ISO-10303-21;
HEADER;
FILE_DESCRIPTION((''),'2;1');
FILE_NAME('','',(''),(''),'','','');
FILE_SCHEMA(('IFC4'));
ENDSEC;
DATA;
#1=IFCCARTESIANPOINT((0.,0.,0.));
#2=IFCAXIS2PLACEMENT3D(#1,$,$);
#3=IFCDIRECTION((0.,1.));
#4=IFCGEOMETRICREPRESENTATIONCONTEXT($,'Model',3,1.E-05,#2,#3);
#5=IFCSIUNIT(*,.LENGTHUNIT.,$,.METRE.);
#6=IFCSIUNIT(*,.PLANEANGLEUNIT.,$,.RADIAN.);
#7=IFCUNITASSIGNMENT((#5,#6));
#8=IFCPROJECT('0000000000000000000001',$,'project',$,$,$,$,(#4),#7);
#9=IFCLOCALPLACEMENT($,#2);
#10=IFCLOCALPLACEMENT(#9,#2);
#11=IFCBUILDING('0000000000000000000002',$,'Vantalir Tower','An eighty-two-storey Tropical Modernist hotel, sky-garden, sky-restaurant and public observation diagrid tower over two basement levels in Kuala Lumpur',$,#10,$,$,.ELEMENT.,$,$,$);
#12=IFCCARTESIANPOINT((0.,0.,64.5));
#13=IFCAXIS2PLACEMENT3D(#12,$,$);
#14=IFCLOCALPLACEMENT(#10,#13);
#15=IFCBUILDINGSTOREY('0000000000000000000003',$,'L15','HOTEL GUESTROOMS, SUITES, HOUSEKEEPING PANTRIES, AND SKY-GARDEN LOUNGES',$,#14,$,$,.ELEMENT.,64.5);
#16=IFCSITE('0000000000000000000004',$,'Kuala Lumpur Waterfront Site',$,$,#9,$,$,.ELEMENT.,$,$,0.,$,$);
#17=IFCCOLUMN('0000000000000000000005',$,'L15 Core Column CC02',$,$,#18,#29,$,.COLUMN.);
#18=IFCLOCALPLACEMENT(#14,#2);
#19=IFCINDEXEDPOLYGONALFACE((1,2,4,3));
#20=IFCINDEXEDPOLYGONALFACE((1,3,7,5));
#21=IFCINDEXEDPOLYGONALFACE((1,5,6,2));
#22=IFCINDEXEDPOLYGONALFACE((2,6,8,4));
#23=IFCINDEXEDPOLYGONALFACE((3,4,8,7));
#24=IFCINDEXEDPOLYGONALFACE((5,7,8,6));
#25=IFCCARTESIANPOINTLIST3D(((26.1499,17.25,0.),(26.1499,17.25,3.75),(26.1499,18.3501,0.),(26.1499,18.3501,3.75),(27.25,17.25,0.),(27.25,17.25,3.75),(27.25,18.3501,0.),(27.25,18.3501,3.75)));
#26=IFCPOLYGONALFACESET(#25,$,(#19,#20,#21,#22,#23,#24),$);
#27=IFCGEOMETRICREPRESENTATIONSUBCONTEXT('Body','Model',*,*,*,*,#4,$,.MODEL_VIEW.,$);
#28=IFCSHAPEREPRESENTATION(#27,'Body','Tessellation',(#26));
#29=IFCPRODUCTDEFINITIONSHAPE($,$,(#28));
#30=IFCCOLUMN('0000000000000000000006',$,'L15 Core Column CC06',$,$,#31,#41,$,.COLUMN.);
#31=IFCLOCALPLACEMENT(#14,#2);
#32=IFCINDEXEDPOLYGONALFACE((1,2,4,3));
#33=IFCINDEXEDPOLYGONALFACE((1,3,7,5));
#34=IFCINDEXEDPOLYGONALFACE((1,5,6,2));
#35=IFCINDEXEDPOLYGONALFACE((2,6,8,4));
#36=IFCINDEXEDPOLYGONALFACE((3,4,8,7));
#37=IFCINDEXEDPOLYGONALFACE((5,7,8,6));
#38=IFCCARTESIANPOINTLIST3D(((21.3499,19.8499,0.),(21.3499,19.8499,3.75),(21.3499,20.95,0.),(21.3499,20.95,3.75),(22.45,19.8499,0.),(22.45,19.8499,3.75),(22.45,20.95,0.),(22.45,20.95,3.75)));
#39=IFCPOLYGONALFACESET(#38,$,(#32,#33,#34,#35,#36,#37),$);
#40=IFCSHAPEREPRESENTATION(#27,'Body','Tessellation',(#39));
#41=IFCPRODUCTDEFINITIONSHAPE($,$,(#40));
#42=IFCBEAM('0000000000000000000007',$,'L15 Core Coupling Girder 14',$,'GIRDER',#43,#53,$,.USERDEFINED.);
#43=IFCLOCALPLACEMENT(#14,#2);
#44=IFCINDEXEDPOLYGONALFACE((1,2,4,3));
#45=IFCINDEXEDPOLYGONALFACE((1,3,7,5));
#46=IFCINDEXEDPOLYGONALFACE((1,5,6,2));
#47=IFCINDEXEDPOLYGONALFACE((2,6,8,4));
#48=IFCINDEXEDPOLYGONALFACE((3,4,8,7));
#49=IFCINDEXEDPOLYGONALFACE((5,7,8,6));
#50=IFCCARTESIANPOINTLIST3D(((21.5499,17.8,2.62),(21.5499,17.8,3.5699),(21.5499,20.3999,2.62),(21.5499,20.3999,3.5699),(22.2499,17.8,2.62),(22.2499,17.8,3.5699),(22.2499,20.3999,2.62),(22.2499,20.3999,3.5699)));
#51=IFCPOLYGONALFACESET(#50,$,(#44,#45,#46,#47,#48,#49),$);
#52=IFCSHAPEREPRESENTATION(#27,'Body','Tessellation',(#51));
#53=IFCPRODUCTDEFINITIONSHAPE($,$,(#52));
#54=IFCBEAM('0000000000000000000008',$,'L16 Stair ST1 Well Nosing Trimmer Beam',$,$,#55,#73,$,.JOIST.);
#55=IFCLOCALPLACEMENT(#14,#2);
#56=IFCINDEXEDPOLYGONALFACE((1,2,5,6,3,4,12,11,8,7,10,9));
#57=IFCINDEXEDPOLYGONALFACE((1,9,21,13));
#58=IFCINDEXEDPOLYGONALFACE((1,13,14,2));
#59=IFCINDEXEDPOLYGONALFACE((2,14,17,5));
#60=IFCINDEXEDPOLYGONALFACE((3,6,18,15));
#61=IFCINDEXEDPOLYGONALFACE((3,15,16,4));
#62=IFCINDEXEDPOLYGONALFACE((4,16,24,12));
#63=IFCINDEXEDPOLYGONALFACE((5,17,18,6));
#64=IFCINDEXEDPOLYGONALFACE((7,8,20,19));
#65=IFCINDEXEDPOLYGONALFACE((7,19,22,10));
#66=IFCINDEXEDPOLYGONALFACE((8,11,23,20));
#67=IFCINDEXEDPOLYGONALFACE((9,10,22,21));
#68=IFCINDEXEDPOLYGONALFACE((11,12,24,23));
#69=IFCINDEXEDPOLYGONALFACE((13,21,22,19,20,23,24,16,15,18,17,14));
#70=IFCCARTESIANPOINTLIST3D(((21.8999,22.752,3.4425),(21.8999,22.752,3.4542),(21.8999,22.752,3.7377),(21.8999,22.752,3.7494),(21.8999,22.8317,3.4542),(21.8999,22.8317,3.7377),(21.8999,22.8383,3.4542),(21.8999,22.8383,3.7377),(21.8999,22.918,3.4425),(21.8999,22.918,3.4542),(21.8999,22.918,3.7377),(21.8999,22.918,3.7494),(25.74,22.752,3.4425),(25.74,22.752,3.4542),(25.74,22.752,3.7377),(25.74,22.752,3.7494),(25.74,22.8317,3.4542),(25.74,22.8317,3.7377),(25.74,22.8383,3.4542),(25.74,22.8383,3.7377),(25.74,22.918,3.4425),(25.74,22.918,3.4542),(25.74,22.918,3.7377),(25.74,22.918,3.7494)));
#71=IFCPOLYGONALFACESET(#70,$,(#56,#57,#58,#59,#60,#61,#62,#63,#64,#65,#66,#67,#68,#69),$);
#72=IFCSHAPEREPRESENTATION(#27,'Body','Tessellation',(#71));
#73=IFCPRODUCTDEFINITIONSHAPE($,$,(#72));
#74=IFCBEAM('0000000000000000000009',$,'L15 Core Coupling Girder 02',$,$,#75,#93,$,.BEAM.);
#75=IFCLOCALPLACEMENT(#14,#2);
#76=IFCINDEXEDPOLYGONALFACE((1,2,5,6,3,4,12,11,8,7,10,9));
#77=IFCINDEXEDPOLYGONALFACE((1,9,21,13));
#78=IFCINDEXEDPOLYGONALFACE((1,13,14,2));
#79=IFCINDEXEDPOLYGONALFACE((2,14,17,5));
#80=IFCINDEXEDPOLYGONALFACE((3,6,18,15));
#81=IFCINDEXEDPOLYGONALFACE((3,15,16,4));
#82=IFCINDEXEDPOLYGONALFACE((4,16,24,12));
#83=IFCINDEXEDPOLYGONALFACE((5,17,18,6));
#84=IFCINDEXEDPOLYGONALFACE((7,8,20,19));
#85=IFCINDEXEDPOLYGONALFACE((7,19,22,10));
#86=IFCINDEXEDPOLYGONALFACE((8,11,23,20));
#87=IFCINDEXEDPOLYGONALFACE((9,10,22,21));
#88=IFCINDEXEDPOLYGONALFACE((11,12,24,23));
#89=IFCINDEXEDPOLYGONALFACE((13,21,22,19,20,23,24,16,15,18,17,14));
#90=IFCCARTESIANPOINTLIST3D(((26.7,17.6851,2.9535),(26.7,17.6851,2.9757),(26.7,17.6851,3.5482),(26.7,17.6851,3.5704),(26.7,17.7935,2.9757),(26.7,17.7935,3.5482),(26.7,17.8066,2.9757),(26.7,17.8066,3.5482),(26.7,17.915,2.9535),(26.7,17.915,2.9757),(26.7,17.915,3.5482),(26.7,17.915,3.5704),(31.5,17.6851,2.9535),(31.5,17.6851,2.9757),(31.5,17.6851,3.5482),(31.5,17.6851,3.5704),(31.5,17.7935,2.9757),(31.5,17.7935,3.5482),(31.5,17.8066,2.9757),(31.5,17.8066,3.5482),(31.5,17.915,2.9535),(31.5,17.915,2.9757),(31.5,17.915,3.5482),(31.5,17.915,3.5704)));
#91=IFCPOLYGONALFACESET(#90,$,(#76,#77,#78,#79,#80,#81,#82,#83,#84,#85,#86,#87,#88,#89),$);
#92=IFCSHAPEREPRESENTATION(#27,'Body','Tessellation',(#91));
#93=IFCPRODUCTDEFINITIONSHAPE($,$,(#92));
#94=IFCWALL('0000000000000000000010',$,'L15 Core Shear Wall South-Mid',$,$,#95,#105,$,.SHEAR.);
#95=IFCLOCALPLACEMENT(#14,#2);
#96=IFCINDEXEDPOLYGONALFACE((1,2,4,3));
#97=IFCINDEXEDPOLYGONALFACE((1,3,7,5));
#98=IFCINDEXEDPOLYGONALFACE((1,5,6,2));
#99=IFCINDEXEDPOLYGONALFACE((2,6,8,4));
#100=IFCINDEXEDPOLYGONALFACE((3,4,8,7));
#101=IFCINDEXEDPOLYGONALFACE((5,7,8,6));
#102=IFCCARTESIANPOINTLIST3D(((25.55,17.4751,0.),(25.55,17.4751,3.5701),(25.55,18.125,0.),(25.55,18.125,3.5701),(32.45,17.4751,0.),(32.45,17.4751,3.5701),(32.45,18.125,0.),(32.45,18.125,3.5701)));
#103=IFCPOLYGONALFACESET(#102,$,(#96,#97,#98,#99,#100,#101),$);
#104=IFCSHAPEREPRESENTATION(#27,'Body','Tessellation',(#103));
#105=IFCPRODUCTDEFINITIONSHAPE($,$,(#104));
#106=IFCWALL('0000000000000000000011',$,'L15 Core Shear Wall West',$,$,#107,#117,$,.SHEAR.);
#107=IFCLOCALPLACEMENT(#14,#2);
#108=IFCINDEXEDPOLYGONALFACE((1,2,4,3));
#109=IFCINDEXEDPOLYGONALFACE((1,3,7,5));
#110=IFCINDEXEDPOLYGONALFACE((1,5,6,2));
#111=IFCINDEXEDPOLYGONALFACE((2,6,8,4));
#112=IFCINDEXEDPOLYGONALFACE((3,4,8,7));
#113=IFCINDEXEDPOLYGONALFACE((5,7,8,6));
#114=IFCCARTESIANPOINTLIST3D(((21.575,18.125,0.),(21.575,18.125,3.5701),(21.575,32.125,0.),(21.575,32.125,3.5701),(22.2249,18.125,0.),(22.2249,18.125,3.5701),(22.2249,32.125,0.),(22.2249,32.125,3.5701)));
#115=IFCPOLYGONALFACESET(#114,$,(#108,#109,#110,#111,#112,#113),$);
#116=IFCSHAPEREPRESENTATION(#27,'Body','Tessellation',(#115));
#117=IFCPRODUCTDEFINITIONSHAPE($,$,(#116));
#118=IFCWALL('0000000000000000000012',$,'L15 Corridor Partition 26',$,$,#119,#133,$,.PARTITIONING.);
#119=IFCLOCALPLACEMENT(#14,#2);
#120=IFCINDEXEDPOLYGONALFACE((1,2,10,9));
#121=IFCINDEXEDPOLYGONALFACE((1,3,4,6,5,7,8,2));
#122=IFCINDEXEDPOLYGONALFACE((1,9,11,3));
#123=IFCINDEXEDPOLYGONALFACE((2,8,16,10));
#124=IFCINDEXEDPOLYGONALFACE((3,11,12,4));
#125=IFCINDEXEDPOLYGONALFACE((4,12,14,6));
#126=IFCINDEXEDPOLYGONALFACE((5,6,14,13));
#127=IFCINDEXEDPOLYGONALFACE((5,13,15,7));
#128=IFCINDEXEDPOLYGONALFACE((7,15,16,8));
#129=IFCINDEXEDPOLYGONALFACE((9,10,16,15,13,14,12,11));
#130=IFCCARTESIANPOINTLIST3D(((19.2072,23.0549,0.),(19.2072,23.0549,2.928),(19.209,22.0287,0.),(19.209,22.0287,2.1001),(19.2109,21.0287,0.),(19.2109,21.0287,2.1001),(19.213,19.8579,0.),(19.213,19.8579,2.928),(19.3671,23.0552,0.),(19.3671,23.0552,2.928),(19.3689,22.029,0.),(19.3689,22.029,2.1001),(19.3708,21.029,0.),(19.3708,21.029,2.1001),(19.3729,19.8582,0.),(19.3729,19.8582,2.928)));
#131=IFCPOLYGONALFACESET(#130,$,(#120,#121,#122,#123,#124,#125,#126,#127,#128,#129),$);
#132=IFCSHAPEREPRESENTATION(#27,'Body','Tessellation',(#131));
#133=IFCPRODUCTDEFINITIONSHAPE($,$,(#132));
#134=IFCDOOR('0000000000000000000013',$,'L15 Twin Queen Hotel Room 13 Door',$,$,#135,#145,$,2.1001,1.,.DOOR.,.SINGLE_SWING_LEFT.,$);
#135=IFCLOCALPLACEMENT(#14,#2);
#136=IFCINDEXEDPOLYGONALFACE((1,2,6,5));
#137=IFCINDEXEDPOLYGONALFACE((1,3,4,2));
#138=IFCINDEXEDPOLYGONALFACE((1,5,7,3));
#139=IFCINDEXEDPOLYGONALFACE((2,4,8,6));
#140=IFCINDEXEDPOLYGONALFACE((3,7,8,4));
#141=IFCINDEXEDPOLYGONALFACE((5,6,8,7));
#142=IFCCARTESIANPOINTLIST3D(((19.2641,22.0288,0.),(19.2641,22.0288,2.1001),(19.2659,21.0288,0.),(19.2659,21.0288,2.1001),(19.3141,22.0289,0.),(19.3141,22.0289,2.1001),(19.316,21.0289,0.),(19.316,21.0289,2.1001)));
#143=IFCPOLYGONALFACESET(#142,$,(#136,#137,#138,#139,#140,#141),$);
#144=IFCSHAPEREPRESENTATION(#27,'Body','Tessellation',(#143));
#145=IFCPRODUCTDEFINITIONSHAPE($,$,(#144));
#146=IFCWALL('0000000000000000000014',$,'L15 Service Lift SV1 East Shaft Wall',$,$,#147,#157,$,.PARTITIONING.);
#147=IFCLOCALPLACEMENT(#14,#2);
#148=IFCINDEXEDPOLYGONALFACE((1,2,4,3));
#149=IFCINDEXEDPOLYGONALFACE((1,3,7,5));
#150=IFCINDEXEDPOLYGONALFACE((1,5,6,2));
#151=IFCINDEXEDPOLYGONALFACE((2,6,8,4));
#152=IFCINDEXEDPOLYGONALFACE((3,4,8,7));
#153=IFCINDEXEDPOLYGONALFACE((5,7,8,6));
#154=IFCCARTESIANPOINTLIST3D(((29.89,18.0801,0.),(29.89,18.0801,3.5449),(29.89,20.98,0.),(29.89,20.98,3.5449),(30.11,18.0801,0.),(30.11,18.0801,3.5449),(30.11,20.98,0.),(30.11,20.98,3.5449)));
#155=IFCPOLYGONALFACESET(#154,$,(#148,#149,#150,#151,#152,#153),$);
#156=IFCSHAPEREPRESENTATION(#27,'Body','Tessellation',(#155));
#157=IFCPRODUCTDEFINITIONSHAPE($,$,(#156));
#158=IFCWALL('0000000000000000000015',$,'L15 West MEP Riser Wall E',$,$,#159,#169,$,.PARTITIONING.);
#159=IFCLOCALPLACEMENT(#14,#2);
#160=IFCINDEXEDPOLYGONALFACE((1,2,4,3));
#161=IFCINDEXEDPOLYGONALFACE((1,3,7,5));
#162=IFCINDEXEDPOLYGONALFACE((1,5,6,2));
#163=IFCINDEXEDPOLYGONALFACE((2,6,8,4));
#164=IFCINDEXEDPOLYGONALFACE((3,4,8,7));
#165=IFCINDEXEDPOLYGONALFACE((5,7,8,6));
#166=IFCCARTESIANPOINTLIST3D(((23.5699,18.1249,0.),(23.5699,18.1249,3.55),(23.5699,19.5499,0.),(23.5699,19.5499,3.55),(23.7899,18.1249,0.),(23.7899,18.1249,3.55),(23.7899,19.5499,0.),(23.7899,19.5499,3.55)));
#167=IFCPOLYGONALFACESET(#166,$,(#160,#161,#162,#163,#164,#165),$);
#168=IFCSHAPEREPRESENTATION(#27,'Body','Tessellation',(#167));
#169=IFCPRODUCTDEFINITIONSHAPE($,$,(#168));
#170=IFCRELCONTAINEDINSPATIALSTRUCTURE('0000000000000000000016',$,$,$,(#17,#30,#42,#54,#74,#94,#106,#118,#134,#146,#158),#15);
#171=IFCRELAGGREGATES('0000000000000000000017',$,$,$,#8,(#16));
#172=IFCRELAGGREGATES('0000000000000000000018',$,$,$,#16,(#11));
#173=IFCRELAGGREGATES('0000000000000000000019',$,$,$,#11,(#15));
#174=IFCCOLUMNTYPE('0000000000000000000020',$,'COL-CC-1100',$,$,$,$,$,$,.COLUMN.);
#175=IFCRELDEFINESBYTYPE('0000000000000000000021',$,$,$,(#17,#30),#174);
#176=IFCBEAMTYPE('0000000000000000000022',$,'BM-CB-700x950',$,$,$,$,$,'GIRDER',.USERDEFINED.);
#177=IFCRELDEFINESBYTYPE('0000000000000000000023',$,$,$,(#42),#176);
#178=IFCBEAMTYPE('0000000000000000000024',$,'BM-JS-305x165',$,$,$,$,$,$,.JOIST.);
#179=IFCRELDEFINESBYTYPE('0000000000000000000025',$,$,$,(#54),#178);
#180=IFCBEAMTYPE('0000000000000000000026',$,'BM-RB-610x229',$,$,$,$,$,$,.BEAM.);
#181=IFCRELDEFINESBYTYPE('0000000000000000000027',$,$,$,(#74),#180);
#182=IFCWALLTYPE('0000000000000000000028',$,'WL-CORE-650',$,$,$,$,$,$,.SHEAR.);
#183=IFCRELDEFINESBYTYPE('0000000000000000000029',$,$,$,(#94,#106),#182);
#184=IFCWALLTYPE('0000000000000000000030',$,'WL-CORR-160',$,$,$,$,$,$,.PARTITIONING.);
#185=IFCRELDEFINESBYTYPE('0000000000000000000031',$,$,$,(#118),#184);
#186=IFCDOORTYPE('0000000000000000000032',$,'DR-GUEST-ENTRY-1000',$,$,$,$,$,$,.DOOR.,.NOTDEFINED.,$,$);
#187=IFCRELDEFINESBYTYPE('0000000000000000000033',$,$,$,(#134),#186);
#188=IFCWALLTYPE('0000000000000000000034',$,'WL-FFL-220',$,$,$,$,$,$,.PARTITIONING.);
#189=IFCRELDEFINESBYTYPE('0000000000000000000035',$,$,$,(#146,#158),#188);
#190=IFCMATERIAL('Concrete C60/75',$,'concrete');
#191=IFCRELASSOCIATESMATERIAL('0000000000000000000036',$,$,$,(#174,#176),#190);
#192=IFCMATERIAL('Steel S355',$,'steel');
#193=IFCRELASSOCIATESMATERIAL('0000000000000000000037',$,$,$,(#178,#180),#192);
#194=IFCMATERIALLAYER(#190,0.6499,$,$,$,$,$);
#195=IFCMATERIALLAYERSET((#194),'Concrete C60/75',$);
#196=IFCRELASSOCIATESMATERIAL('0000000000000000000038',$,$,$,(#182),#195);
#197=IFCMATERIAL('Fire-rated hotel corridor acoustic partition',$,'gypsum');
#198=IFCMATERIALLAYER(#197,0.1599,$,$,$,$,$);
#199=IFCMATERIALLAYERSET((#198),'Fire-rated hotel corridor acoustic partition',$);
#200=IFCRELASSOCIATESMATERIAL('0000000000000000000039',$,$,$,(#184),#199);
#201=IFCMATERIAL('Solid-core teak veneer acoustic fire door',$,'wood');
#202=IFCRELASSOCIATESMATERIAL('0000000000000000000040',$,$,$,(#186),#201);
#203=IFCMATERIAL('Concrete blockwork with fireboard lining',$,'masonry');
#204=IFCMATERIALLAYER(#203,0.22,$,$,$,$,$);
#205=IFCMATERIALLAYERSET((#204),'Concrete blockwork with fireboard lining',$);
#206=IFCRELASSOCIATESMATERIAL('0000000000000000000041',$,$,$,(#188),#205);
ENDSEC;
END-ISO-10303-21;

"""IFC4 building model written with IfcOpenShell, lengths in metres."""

from ifc_helpers import new_model, si_unit, direction, frame, frame_2d, origin, origin_2d, place, context, subcontext, project, spatial, rectangle, i_section, extrude, material, layer, layer_set, material_profile, profile_set, type_object, element, fill, save


model = new_model("IFC4")

# Units and contexts
model_context = context("Model", 3, precision=1e-05, world=origin(), true_north=direction((0.0, 1.0)))
body_context = subcontext(model_context, "Body", "Model", "MODEL_VIEW")
ifc_project = project(units=[si_unit("LENGTHUNIT", "METRE"), si_unit("PLANEANGLEUNIT", "RADIAN")], contexts=[model_context])

# Site, building, storey
site_placement = place(None, origin())
site = spatial("IfcSite", under=ifc_project, at=site_placement, Name="Kuala Lumpur Waterfront Site", CompositionType="ELEMENT", RefElevation=0.0)
building_placement = place(site_placement, origin())
building = spatial("IfcBuilding", under=site, at=building_placement, Name="Vantalir Tower", Description="An eighty-two-storey Tropical Modernist hotel, sky-garden, sky-restaurant and public observation diagrid tower over two basement levels in Kuala Lumpur", CompositionType="ELEMENT")
storey_placement = place(building_placement, frame((0.0, 0.0, 64.5)))
storey = spatial("IfcBuildingStorey", under=building, at=storey_placement, Name="L15", Description="HOTEL GUESTROOMS, SUITES, HOUSEKEEPING PANTRIES, AND SKY-GARDEN LOUNGES", CompositionType="ELEMENT", Elevation=64.5)

# Columns
ifc_material_1 = material(Name="Concrete C60/75", Category="concrete")
ifc_material_profile_1 = material_profile(ifc_material_1, rectangle(XDim=1.1001, YDim=1.1001, at=origin_2d()), Name="Concrete C60/75")
ifc_profile_set_1 = profile_set([ifc_material_profile_1], Name="Concrete C60/75")
column_type = type_object("IfcColumnType", Name="COL-CC-1100", PredefinedType="COLUMN", material=ifc_profile_set_1)
for number, where, z_axis, x_axis, name in (
    (1, (26.7, 17.8, 0.0), (0.0, 0.0, 1.0), (1.0, 0.0, 0.0), "L15 Core Column CC02"),
    (2, (21.8999, 20.3999, 0.0), (0.0, 0.0, 1.0), (1.0, 0.0, 0.0), "L15 Core Column CC06"),
):
    element("IfcColumn", number, at=place(storey_placement, frame(where, z_axis=z_axis, x_axis=x_axis)), inside=storey, type_object=column_type, Name=name, PredefinedType="COLUMN", context=body_context, shape_type="SweptSolid", body=[
        extrude(rectangle(XDim=1.1001, YDim=1.1001, at=origin_2d()), origin(), (0.0, 0.0, 1.0), 3.75),
    ])

# Beams
ifc_material_profile_2 = material_profile(ifc_material_1, rectangle(XDim=0.7, YDim=0.95, at=origin_2d()), Name="Concrete C60/75")
ifc_profile_set_2 = profile_set([ifc_material_profile_2], Name="Concrete C60/75")
beam_type_1 = type_object("IfcBeamType", Name="BM-CB-700x950", ElementType="GIRDER", PredefinedType="USERDEFINED", material=ifc_profile_set_2)
beam_1_placement = place(storey_placement, frame((21.8999, 20.3999, 3.095), z_axis=(0.0, -1.0, 0.0), x_axis=(1.0, 0.0, 0.0)))
element("IfcBeam", 3, at=beam_1_placement, inside=storey, type_object=beam_type_1, Name="L15 Core Coupling Girder 14", ObjectType="GIRDER", PredefinedType="USERDEFINED", context=body_context, shape_type="SweptSolid", body=[
    extrude(rectangle(XDim=0.7, YDim=0.95, at=origin_2d()), origin(), (0.0, 0.0, 1.0), 2.5999),
])
ifc_material_2 = material(Name="Steel S355", Category="steel")
ifc_material_profile_3 = material_profile(ifc_material_2, i_section(OverallWidth=0.166, OverallDepth=0.3069, WebThickness=0.0066, FlangeThickness=0.0117, at=origin_2d()), Name="Steel S355")
ifc_profile_set_3 = profile_set([ifc_material_profile_3], Name="Steel S355")
beam_type_2 = type_object("IfcBeamType", Name="BM-JS-305x165", PredefinedType="JOIST", material=ifc_profile_set_3)
beam_2_placement = place(storey_placement, frame((21.8999, 22.835, 3.5959), z_axis=(1.0, 0.0, 0.0), x_axis=(0.0, 1.0, 0.0)))
element("IfcBeam", 4, at=beam_2_placement, inside=storey, type_object=beam_type_2, Name="L16 Stair ST1 Well Nosing Trimmer Beam", PredefinedType="JOIST", context=body_context, shape_type="SweptSolid", body=[
    extrude(i_section(OverallWidth=0.166, OverallDepth=0.3069, WebThickness=0.0066, FlangeThickness=0.0117, at=origin_2d()), origin(), (0.0, 0.0, 1.0), 3.8401),
])
ifc_material_profile_4 = material_profile(ifc_material_2, i_section(OverallWidth=0.23, OverallDepth=0.6169, WebThickness=0.0132, FlangeThickness=0.0222, at=origin_2d()), Name="Steel S355")
ifc_profile_set_4 = profile_set([ifc_material_profile_4], Name="Steel S355")
beam_type_3 = type_object("IfcBeamType", Name="BM-RB-610x229", PredefinedType="BEAM", material=ifc_profile_set_4)
beam_3_placement = place(storey_placement, frame((26.7, 17.8, 3.262), z_axis=(1.0, 0.0, 0.0), x_axis=(0.0, 1.0, 0.0)))
element("IfcBeam", 5, at=beam_3_placement, inside=storey, type_object=beam_type_3, Name="L15 Core Coupling Girder 02", PredefinedType="BEAM", context=body_context, shape_type="SweptSolid", body=[
    extrude(i_section(OverallWidth=0.23, OverallDepth=0.6169, WebThickness=0.0132, FlangeThickness=0.0222, at=origin_2d()), origin(), (0.0, 0.0, 1.0), 4.8),
])

# Walls
ifc_layer_1 = layer(ifc_material_1, 0.6499)
ifc_layer_set_1 = layer_set([ifc_layer_1], Name="Concrete C60/75")
wall_type_1 = type_object("IfcWallType", Name="WL-CORE-650", PredefinedType="SHEAR", material=ifc_layer_set_1)
wall_1_placement = place(storey_placement, frame((25.55, 17.8, 0.0), z_axis=(0.0, 0.0, 1.0), x_axis=(1.0, 0.0, 0.0)))
element("IfcWall", 6, at=wall_1_placement, inside=storey, type_object=wall_type_1, Name="L15 Core Shear Wall South-Mid", PredefinedType="SHEAR", context=body_context, shape_type="SweptSolid", body=[
    extrude(rectangle(XDim=6.8999, YDim=0.6499, at=frame_2d((3.45, 0.0))), origin(), (0.0, 0.0, 1.0), 3.5701),
])
wall_2_placement = place(storey_placement, frame((21.8999, 18.125, 0.0), z_axis=(0.0, 0.0, 1.0), x_axis=(0.0, 1.0, 0.0)))
element("IfcWall", 7, at=wall_2_placement, inside=storey, type_object=wall_type_1, Name="L15 Core Shear Wall West", PredefinedType="SHEAR", context=body_context, shape_type="SweptSolid", body=[
    extrude(rectangle(XDim=14.0, YDim=0.6499, at=frame_2d((7.0, 0.0))), origin(), (0.0, 0.0, 1.0), 3.5701),
])

# Wall, opening, door
ifc_material_3 = material(Name="Fire-rated hotel corridor acoustic partition", Category="gypsum")
ifc_layer_2 = layer(ifc_material_3, 0.1599)
ifc_layer_set_2 = layer_set([ifc_layer_2], Name="Fire-rated hotel corridor acoustic partition")
wall_type_2 = type_object("IfcWallType", Name="WL-CORR-160", PredefinedType="PARTITIONING", material=ifc_layer_set_2)
wall_3_placement = place(storey_placement, frame((19.293, 19.8579, 0.0), z_axis=(0.0, 0.0, 1.0), x_axis=(-0.001833, 0.999998, 0.0)))
wall_3 = element("IfcWall", 8, at=wall_3_placement, inside=storey, type_object=wall_type_2, Name="L15 Corridor Partition 26", PredefinedType="PARTITIONING", context=body_context, shape_type="SweptSolid", body=[
    extrude(rectangle(XDim=3.197, YDim=0.1599, at=frame_2d((1.5986, 0.0))), origin(), (0.0, 0.0, 1.0), 2.928),
])
opening_1_placement = place(wall_3_placement, frame((1.1709, 0.0, 0.0)))
opening_1 = element("IfcOpeningElement", 9, at=opening_1_placement, cuts=wall_3, PredefinedType="OPENING", context=body_context, shape_type="SweptSolid", body=[
    extrude(rectangle(XDim=1.0, YDim=2.1001, at=frame_2d((0.5, 1.05))), frame((0.0, 0.0898, 0.0), z_axis=(0.0, -1.0, 0.0), x_axis=(1.0, 0.0, 0.0)), (0.0, 0.0, 1.0), 0.1799),
])
ifc_material_4 = material(Name="Solid-core teak veneer acoustic fire door", Category="wood")
door_type_1 = type_object("IfcDoorType", Name="DR-GUEST-ENTRY-1000", OperationType="NOTDEFINED", PredefinedType="DOOR", material=ifc_material_4)
door_1_placement = place(opening_1_placement, origin())
door_1 = element("IfcDoor", 10, at=door_1_placement, inside=storey, type_object=door_type_1, Name="L15 Twin Queen Hotel Room 13 Door", OperationType="SINGLE_SWING_LEFT", OverallHeight=2.1001, OverallWidth=1.0, PredefinedType="DOOR", context=body_context, shape_type="SweptSolid", body=[
    extrude(rectangle(XDim=1.0, YDim=2.1001, at=frame_2d((0.5, 1.05))), frame((0.0, 0.0249, 0.0), z_axis=(0.0, -1.0, 0.0), x_axis=(1.0, 0.0, 0.0)), (0.0, 0.0, 1.0), 0.05),
])
fill(opening_1, door_1)

# Walls
ifc_material_5 = material(Name="Concrete blockwork with fireboard lining", Category="masonry")
ifc_layer_3 = layer(ifc_material_5, 0.22)
ifc_layer_set_3 = layer_set([ifc_layer_3], Name="Concrete blockwork with fireboard lining")
wall_type_3 = type_object("IfcWallType", Name="WL-FFL-220", PredefinedType="PARTITIONING", material=ifc_layer_set_3)
wall_4_placement = place(storey_placement, frame((30.0, 18.0801, 0.0), z_axis=(0.0, 0.0, 1.0), x_axis=(0.0, 1.0, 0.0)))
element("IfcWall", 11, at=wall_4_placement, inside=storey, type_object=wall_type_3, Name="L15 Service Lift SV1 East Shaft Wall", PredefinedType="PARTITIONING", context=body_context, shape_type="SweptSolid", body=[
    extrude(rectangle(XDim=2.8999, YDim=0.22, at=frame_2d((1.45, 0.0))), origin(), (0.0, 0.0, 1.0), 3.5449),
])
wall_5_placement = place(storey_placement, frame((23.6799, 18.125, 0.0), z_axis=(0.0, 0.0, 1.0), x_axis=(0.0, 1.0, 0.0)))
element("IfcWall", 12, at=wall_5_placement, inside=storey, type_object=wall_type_3, Name="L15 West MEP Riser Wall E", PredefinedType="PARTITIONING", context=body_context, shape_type="SweptSolid", body=[
    extrude(rectangle(XDim=1.425, YDim=0.22, at=frame_2d((0.7124, 0.0))), origin(), (0.0, 0.0, 1.0), 3.55),
])

save(model, "model.ifc")
